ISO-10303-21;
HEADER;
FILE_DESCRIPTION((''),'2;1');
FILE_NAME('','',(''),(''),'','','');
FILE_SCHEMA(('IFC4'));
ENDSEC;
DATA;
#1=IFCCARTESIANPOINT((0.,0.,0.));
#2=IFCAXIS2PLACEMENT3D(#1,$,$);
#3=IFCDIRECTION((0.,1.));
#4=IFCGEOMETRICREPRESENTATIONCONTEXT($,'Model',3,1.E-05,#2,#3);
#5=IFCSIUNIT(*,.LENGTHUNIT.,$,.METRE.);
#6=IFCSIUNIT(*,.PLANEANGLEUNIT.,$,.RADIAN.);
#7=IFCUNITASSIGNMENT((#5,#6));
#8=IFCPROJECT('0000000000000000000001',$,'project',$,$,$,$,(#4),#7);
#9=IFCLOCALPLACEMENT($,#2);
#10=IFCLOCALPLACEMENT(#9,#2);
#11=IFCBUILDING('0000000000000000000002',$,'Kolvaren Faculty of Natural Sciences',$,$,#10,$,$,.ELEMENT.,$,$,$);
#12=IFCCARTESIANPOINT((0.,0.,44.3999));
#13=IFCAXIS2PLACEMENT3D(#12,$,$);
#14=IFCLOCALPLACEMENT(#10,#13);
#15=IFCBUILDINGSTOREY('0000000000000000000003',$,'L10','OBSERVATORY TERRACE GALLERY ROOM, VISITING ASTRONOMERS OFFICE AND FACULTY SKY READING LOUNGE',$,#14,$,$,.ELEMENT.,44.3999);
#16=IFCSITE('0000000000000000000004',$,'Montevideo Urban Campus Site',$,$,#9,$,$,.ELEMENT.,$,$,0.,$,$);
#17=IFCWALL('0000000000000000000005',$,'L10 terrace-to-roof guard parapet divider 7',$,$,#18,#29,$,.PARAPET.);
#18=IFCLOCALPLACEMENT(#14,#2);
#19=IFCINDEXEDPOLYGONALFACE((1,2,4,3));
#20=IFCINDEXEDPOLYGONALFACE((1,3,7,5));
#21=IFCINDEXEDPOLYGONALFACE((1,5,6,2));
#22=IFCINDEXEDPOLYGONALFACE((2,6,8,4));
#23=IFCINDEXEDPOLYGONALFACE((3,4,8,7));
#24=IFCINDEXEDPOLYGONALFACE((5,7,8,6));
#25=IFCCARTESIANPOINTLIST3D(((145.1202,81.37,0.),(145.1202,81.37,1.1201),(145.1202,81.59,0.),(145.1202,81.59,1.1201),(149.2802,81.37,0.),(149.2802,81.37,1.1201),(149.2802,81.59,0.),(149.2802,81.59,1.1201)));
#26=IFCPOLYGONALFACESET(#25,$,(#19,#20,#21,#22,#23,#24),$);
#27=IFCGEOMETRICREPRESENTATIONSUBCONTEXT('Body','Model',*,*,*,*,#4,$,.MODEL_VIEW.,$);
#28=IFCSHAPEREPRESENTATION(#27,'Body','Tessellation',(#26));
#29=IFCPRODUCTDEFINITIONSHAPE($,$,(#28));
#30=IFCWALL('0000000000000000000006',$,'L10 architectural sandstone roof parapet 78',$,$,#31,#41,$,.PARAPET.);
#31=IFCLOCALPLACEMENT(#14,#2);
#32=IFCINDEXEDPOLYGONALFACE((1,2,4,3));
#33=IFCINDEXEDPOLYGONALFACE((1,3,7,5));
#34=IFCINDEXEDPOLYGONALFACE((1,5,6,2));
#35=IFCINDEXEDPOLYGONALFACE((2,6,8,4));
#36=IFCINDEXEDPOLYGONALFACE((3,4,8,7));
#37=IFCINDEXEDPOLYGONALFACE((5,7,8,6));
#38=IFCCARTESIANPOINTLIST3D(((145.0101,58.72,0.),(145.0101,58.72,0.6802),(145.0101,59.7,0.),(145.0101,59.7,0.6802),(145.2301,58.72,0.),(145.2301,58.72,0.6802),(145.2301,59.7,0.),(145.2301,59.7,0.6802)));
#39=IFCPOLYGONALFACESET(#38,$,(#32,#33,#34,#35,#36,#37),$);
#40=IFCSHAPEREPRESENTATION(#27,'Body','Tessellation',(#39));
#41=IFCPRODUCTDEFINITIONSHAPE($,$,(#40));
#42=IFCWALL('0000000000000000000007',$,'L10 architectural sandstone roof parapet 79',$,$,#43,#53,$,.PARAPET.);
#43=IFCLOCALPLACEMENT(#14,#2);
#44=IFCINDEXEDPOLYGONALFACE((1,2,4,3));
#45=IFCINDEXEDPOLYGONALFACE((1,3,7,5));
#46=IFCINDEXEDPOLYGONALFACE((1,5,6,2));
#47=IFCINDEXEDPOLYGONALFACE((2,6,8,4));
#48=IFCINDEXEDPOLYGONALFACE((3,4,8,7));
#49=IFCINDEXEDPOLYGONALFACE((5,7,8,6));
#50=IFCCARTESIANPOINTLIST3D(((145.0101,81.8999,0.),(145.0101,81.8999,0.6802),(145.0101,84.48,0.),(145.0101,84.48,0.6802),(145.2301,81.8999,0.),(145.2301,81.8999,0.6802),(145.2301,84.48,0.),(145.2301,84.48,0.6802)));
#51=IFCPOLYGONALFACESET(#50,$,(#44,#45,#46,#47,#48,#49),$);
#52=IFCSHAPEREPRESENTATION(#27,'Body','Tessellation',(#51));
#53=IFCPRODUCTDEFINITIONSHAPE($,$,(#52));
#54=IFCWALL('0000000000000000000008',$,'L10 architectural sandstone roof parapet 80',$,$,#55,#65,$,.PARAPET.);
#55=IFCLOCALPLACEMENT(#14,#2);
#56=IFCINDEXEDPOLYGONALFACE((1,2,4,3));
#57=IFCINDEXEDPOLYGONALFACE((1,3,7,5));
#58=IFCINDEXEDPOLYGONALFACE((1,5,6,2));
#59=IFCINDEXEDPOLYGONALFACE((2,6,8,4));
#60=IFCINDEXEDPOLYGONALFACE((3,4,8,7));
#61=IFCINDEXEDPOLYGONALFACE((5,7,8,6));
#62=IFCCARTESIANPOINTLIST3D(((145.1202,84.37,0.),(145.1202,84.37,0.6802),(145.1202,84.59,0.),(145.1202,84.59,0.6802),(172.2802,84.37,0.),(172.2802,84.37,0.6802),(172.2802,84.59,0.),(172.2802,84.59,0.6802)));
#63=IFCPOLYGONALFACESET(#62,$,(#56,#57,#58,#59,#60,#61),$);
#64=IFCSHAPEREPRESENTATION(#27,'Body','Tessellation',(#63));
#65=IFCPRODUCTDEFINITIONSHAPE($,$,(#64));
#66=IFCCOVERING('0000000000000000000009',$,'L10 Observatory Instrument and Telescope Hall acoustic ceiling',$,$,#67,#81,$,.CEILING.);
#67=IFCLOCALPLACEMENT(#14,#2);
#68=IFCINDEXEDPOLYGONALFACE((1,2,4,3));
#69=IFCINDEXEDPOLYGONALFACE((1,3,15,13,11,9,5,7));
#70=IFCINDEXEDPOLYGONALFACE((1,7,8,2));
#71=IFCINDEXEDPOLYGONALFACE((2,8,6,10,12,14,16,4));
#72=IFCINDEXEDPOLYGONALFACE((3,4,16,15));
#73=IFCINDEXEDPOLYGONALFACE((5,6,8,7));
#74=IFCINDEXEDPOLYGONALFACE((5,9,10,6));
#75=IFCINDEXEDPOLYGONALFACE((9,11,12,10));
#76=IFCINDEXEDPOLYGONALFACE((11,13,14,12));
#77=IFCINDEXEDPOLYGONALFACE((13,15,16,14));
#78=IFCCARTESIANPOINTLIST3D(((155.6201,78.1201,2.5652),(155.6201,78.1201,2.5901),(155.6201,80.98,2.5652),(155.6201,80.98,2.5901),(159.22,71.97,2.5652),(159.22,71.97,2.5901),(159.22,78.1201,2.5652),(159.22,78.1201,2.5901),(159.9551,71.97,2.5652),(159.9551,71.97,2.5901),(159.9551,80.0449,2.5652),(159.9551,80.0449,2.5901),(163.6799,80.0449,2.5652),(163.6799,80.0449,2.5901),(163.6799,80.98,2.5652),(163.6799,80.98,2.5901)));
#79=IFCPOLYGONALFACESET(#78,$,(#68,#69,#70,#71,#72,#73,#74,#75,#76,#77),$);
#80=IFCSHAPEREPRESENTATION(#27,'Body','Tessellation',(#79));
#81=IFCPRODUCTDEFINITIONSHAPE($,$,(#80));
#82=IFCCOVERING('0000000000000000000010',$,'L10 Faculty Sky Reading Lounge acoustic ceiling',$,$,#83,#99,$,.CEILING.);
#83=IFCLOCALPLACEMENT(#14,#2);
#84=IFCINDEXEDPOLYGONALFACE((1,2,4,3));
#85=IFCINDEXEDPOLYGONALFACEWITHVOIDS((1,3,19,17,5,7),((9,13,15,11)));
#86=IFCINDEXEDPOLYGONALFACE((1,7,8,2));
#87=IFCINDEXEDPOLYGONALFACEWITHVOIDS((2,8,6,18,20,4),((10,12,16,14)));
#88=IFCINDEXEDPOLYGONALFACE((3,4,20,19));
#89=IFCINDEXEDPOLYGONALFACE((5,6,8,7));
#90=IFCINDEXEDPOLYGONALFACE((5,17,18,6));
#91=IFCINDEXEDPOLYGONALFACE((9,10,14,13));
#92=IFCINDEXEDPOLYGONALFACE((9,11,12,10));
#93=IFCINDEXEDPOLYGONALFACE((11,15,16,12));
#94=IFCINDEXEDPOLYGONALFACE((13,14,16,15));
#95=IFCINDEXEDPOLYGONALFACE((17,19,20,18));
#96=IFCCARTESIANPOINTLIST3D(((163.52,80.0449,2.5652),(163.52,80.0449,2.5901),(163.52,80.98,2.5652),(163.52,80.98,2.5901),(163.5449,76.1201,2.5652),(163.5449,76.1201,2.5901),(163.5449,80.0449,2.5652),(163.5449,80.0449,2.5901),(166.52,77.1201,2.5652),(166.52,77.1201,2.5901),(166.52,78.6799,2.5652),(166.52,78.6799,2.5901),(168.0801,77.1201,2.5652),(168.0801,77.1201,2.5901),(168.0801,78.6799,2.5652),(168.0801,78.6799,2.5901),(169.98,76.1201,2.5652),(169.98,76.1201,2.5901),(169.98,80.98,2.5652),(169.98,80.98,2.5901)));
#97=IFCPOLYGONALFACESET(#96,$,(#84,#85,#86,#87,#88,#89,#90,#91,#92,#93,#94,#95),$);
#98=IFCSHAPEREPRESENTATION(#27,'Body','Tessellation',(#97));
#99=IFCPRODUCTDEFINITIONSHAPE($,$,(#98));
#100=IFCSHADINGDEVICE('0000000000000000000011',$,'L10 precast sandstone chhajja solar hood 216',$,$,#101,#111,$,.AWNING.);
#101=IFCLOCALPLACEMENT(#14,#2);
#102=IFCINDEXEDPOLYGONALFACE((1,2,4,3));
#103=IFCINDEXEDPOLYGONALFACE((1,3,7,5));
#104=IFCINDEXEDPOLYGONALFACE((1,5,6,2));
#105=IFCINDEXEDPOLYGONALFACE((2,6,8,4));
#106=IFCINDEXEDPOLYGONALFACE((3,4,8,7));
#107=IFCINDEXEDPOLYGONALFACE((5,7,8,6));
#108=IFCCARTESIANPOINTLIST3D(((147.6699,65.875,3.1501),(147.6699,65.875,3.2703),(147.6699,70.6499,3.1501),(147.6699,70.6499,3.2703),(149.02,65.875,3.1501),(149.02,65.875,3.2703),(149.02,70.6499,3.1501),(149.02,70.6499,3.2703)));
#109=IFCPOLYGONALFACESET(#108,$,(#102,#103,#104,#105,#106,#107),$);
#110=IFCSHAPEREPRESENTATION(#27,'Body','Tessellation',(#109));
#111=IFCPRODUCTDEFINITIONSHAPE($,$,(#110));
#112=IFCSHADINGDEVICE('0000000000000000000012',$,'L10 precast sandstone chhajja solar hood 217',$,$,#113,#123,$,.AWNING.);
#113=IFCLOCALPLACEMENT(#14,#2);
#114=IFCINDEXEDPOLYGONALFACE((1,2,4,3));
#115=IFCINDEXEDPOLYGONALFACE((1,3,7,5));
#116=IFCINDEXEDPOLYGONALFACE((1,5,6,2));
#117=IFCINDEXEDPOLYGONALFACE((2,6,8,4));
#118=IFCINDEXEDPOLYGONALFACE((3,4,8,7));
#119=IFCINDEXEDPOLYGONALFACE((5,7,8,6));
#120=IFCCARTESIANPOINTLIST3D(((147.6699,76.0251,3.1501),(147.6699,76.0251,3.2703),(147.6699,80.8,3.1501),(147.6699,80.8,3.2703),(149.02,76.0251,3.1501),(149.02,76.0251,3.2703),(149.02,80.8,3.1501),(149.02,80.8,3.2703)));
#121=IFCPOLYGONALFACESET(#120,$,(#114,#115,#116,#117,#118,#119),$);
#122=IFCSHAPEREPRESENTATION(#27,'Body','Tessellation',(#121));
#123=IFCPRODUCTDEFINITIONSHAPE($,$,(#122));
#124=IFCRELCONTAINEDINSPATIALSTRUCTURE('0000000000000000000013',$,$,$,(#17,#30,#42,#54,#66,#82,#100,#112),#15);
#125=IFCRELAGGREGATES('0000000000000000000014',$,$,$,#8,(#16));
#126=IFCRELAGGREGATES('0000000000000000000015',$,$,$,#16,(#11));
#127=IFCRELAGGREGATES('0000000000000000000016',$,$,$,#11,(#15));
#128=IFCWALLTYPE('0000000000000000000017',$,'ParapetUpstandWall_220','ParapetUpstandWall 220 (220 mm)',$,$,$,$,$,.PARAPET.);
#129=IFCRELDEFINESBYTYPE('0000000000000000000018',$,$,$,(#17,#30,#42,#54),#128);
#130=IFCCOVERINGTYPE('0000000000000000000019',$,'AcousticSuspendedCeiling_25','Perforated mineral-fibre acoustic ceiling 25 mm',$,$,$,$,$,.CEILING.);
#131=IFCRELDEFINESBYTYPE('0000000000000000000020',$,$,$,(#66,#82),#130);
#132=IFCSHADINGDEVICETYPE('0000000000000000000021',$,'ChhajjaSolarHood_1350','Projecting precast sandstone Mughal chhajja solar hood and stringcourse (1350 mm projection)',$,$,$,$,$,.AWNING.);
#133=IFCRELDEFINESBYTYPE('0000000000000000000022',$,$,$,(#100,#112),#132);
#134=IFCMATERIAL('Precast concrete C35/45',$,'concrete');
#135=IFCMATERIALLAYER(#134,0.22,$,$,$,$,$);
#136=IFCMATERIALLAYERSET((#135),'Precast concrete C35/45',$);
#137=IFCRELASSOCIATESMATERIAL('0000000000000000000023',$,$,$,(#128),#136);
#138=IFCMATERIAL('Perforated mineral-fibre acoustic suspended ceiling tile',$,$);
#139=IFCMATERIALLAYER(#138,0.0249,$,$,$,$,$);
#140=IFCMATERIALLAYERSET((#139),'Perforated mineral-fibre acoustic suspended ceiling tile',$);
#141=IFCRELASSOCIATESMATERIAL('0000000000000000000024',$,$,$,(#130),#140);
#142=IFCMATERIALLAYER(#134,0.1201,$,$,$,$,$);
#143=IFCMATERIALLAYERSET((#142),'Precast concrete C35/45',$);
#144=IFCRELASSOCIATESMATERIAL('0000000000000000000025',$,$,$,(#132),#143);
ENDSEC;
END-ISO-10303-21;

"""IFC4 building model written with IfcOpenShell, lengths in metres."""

from ifc_helpers import new_model, si_unit, direction, frame, frame_2d, origin, origin_2d, place, context, subcontext, project, spatial, polyline, rectangle, outline, extrude, material, layer, layer_set, type_object, element, save


model = new_model("IFC4")

# Units and contexts
model_context = context("Model", 3, precision=1e-05, world=origin(), true_north=direction((0.0, 1.0)))
body_context = subcontext(model_context, "Body", "Model", "MODEL_VIEW")
ifc_project = project(units=[si_unit("LENGTHUNIT", "METRE"), si_unit("PLANEANGLEUNIT", "RADIAN")], contexts=[model_context])

# Site, building, storey
site_placement = place(None, origin())
site = spatial("IfcSite", under=ifc_project, at=site_placement, Name="Montevideo Urban Campus Site", CompositionType="ELEMENT", RefElevation=0.0)
building_placement = place(site_placement, origin())
building = spatial("IfcBuilding", under=site, at=building_placement, Name="Kolvaren Faculty of Natural Sciences", CompositionType="ELEMENT")
storey_placement = place(building_placement, frame((0.0, 0.0, 44.3999)))
storey = spatial("IfcBuildingStorey", under=building, at=storey_placement, Name="L10", Description="OBSERVATORY TERRACE GALLERY ROOM, VISITING ASTRONOMERS OFFICE AND FACULTY SKY READING LOUNGE", CompositionType="ELEMENT", Elevation=44.3999)

# Walls
ifc_material_1 = material(Name="Precast concrete C35/45", Category="concrete")
ifc_layer_1 = layer(ifc_material_1, 0.22)
ifc_layer_set_1 = layer_set([ifc_layer_1], Name="Precast concrete C35/45")
wall_type = type_object("IfcWallType", Name="ParapetUpstandWall_220", Description="ParapetUpstandWall 220 (220 mm)", PredefinedType="PARAPET", material=ifc_layer_set_1)
wall_1_placement = place(storey_placement, frame((145.1201, 81.48, 0.0), z_axis=(0.0, 0.0, 1.0), x_axis=(1.0, 0.0, 0.0)))
element("IfcWall", 1, at=wall_1_placement, inside=storey, type_object=wall_type, Name="L10 terrace-to-roof guard parapet divider 7", PredefinedType="PARAPET", context=body_context, shape_type="SweptSolid", body=[
    extrude(rectangle(XDim=4.1599, YDim=0.22, at=frame_2d((2.0801, 0.0))), origin(), (0.0, 0.0, 1.0), 1.1201),
])
wall_2_placement = place(storey_placement, frame((145.1201, 58.72, 0.0), z_axis=(0.0, 0.0, 1.0), x_axis=(0.0, 1.0, 0.0)))
element("IfcWall", 2, at=wall_2_placement, inside=storey, type_object=wall_type, Name="L10 architectural sandstone roof parapet 78", PredefinedType="PARAPET", context=body_context, shape_type="SweptSolid", body=[
    extrude(rectangle(XDim=0.98, YDim=0.22, at=frame_2d((0.49, 0.0))), origin(), (0.0, 0.0, 1.0), 0.6802),
])
wall_3_placement = place(storey_placement, frame((145.1201, 81.8999, 0.0), z_axis=(0.0, 0.0, 1.0), x_axis=(0.0, 1.0, 0.0)))
element("IfcWall", 3, at=wall_3_placement, inside=storey, type_object=wall_type, Name="L10 architectural sandstone roof parapet 79", PredefinedType="PARAPET", context=body_context, shape_type="SweptSolid", body=[
    extrude(rectangle(XDim=2.5801, YDim=0.22, at=frame_2d((1.29, 0.0))), origin(), (0.0, 0.0, 1.0), 0.6802),
])
wall_4_placement = place(storey_placement, frame((145.1201, 84.48, 0.0), z_axis=(0.0, 0.0, 1.0), x_axis=(1.0, 0.0, 0.0)))
element("IfcWall", 4, at=wall_4_placement, inside=storey, type_object=wall_type, Name="L10 architectural sandstone roof parapet 80", PredefinedType="PARAPET", context=body_context, shape_type="SweptSolid", body=[
    extrude(rectangle(XDim=27.1599, YDim=0.22, at=frame_2d((13.5801, 0.0))), origin(), (0.0, 0.0, 1.0), 0.6802),
])

# Coverings
ifc_material_2 = material(Name="Perforated mineral-fibre acoustic suspended ceiling tile")
ifc_layer_2 = layer(ifc_material_2, 0.0249)
ifc_layer_set_2 = layer_set([ifc_layer_2], Name="Perforated mineral-fibre acoustic suspended ceiling tile")
covering_type_1 = type_object("IfcCoveringType", Name="AcousticSuspendedCeiling_25", Description="Perforated mineral-fibre acoustic ceiling 25 mm", PredefinedType="CEILING", material=ifc_layer_set_2)
covering_1_placement = place(storey_placement, frame((0.0, 0.0, 2.5652)))
element("IfcCovering", 5, at=covering_1_placement, inside=storey, type_object=covering_type_1, Name="L10 Observatory Instrument and Telescope Hall acoustic ceiling", PredefinedType="CEILING", context=body_context, shape_type="SweptSolid", body=[
    extrude(outline(polyline([(159.22, 78.1201), (155.6201, 78.1201), (155.6201, 80.98), (163.6799, 80.98), (163.6799, 80.0449), (159.9551, 80.0449), (159.9551, 71.97), (159.22, 71.97), (159.22, 78.1201)])), origin(), (0.0, 0.0, 1.0), 0.0249),
])
covering_2_placement = place(storey_placement, frame((0.0, 0.0, 2.5652)))
element("IfcCovering", 6, at=covering_2_placement, inside=storey, type_object=covering_type_1, Name="L10 Faculty Sky Reading Lounge acoustic ceiling", PredefinedType="CEILING", context=body_context, shape_type="SweptSolid", body=[
    extrude(outline(polyline([(163.5449, 80.0449), (163.52, 80.0449), (163.52, 80.98), (169.98, 80.98), (169.98, 76.1201), (163.5449, 76.1201), (163.5449, 80.0449)]), holes=[polyline([(166.52, 78.6799), (166.52, 77.1201), (168.0801, 77.1201), (168.0801, 78.6799), (166.52, 78.6799)])]), origin(), (0.0, 0.0, 1.0), 0.0249),
])

# Shading devices
ifc_layer_3 = layer(ifc_material_1, 0.1201)
ifc_layer_set_3 = layer_set([ifc_layer_3], Name="Precast concrete C35/45")
shading_device_type = type_object("IfcShadingDeviceType", Name="ChhajjaSolarHood_1350", Description="Projecting precast sandstone Mughal chhajja solar hood and stringcourse (1350 mm projection)", PredefinedType="AWNING", material=ifc_layer_set_3)
for number, where, z_axis, x_axis, name in (
    (7, (148.345, 68.2625, 3.1501), (0.0, 0.0, 1.0), (0.0, 1.0, 0.0), "L10 precast sandstone chhajja solar hood 216"),
    (8, (148.345, 78.4126, 3.1501), (0.0, 0.0, 1.0), (0.0, 1.0, 0.0), "L10 precast sandstone chhajja solar hood 217"),
):
    element("IfcShadingDevice", number, at=place(storey_placement, frame(where, z_axis=z_axis, x_axis=x_axis)), inside=storey, type_object=shading_device_type, Name=name, PredefinedType="AWNING", context=body_context, shape_type="SweptSolid", body=[
        extrude(rectangle(XDim=4.7749, YDim=1.3501, at=origin_2d()), origin(), (0.0, 0.0, 1.0), 0.1201),
    ])

save(model, "model.ifc")
